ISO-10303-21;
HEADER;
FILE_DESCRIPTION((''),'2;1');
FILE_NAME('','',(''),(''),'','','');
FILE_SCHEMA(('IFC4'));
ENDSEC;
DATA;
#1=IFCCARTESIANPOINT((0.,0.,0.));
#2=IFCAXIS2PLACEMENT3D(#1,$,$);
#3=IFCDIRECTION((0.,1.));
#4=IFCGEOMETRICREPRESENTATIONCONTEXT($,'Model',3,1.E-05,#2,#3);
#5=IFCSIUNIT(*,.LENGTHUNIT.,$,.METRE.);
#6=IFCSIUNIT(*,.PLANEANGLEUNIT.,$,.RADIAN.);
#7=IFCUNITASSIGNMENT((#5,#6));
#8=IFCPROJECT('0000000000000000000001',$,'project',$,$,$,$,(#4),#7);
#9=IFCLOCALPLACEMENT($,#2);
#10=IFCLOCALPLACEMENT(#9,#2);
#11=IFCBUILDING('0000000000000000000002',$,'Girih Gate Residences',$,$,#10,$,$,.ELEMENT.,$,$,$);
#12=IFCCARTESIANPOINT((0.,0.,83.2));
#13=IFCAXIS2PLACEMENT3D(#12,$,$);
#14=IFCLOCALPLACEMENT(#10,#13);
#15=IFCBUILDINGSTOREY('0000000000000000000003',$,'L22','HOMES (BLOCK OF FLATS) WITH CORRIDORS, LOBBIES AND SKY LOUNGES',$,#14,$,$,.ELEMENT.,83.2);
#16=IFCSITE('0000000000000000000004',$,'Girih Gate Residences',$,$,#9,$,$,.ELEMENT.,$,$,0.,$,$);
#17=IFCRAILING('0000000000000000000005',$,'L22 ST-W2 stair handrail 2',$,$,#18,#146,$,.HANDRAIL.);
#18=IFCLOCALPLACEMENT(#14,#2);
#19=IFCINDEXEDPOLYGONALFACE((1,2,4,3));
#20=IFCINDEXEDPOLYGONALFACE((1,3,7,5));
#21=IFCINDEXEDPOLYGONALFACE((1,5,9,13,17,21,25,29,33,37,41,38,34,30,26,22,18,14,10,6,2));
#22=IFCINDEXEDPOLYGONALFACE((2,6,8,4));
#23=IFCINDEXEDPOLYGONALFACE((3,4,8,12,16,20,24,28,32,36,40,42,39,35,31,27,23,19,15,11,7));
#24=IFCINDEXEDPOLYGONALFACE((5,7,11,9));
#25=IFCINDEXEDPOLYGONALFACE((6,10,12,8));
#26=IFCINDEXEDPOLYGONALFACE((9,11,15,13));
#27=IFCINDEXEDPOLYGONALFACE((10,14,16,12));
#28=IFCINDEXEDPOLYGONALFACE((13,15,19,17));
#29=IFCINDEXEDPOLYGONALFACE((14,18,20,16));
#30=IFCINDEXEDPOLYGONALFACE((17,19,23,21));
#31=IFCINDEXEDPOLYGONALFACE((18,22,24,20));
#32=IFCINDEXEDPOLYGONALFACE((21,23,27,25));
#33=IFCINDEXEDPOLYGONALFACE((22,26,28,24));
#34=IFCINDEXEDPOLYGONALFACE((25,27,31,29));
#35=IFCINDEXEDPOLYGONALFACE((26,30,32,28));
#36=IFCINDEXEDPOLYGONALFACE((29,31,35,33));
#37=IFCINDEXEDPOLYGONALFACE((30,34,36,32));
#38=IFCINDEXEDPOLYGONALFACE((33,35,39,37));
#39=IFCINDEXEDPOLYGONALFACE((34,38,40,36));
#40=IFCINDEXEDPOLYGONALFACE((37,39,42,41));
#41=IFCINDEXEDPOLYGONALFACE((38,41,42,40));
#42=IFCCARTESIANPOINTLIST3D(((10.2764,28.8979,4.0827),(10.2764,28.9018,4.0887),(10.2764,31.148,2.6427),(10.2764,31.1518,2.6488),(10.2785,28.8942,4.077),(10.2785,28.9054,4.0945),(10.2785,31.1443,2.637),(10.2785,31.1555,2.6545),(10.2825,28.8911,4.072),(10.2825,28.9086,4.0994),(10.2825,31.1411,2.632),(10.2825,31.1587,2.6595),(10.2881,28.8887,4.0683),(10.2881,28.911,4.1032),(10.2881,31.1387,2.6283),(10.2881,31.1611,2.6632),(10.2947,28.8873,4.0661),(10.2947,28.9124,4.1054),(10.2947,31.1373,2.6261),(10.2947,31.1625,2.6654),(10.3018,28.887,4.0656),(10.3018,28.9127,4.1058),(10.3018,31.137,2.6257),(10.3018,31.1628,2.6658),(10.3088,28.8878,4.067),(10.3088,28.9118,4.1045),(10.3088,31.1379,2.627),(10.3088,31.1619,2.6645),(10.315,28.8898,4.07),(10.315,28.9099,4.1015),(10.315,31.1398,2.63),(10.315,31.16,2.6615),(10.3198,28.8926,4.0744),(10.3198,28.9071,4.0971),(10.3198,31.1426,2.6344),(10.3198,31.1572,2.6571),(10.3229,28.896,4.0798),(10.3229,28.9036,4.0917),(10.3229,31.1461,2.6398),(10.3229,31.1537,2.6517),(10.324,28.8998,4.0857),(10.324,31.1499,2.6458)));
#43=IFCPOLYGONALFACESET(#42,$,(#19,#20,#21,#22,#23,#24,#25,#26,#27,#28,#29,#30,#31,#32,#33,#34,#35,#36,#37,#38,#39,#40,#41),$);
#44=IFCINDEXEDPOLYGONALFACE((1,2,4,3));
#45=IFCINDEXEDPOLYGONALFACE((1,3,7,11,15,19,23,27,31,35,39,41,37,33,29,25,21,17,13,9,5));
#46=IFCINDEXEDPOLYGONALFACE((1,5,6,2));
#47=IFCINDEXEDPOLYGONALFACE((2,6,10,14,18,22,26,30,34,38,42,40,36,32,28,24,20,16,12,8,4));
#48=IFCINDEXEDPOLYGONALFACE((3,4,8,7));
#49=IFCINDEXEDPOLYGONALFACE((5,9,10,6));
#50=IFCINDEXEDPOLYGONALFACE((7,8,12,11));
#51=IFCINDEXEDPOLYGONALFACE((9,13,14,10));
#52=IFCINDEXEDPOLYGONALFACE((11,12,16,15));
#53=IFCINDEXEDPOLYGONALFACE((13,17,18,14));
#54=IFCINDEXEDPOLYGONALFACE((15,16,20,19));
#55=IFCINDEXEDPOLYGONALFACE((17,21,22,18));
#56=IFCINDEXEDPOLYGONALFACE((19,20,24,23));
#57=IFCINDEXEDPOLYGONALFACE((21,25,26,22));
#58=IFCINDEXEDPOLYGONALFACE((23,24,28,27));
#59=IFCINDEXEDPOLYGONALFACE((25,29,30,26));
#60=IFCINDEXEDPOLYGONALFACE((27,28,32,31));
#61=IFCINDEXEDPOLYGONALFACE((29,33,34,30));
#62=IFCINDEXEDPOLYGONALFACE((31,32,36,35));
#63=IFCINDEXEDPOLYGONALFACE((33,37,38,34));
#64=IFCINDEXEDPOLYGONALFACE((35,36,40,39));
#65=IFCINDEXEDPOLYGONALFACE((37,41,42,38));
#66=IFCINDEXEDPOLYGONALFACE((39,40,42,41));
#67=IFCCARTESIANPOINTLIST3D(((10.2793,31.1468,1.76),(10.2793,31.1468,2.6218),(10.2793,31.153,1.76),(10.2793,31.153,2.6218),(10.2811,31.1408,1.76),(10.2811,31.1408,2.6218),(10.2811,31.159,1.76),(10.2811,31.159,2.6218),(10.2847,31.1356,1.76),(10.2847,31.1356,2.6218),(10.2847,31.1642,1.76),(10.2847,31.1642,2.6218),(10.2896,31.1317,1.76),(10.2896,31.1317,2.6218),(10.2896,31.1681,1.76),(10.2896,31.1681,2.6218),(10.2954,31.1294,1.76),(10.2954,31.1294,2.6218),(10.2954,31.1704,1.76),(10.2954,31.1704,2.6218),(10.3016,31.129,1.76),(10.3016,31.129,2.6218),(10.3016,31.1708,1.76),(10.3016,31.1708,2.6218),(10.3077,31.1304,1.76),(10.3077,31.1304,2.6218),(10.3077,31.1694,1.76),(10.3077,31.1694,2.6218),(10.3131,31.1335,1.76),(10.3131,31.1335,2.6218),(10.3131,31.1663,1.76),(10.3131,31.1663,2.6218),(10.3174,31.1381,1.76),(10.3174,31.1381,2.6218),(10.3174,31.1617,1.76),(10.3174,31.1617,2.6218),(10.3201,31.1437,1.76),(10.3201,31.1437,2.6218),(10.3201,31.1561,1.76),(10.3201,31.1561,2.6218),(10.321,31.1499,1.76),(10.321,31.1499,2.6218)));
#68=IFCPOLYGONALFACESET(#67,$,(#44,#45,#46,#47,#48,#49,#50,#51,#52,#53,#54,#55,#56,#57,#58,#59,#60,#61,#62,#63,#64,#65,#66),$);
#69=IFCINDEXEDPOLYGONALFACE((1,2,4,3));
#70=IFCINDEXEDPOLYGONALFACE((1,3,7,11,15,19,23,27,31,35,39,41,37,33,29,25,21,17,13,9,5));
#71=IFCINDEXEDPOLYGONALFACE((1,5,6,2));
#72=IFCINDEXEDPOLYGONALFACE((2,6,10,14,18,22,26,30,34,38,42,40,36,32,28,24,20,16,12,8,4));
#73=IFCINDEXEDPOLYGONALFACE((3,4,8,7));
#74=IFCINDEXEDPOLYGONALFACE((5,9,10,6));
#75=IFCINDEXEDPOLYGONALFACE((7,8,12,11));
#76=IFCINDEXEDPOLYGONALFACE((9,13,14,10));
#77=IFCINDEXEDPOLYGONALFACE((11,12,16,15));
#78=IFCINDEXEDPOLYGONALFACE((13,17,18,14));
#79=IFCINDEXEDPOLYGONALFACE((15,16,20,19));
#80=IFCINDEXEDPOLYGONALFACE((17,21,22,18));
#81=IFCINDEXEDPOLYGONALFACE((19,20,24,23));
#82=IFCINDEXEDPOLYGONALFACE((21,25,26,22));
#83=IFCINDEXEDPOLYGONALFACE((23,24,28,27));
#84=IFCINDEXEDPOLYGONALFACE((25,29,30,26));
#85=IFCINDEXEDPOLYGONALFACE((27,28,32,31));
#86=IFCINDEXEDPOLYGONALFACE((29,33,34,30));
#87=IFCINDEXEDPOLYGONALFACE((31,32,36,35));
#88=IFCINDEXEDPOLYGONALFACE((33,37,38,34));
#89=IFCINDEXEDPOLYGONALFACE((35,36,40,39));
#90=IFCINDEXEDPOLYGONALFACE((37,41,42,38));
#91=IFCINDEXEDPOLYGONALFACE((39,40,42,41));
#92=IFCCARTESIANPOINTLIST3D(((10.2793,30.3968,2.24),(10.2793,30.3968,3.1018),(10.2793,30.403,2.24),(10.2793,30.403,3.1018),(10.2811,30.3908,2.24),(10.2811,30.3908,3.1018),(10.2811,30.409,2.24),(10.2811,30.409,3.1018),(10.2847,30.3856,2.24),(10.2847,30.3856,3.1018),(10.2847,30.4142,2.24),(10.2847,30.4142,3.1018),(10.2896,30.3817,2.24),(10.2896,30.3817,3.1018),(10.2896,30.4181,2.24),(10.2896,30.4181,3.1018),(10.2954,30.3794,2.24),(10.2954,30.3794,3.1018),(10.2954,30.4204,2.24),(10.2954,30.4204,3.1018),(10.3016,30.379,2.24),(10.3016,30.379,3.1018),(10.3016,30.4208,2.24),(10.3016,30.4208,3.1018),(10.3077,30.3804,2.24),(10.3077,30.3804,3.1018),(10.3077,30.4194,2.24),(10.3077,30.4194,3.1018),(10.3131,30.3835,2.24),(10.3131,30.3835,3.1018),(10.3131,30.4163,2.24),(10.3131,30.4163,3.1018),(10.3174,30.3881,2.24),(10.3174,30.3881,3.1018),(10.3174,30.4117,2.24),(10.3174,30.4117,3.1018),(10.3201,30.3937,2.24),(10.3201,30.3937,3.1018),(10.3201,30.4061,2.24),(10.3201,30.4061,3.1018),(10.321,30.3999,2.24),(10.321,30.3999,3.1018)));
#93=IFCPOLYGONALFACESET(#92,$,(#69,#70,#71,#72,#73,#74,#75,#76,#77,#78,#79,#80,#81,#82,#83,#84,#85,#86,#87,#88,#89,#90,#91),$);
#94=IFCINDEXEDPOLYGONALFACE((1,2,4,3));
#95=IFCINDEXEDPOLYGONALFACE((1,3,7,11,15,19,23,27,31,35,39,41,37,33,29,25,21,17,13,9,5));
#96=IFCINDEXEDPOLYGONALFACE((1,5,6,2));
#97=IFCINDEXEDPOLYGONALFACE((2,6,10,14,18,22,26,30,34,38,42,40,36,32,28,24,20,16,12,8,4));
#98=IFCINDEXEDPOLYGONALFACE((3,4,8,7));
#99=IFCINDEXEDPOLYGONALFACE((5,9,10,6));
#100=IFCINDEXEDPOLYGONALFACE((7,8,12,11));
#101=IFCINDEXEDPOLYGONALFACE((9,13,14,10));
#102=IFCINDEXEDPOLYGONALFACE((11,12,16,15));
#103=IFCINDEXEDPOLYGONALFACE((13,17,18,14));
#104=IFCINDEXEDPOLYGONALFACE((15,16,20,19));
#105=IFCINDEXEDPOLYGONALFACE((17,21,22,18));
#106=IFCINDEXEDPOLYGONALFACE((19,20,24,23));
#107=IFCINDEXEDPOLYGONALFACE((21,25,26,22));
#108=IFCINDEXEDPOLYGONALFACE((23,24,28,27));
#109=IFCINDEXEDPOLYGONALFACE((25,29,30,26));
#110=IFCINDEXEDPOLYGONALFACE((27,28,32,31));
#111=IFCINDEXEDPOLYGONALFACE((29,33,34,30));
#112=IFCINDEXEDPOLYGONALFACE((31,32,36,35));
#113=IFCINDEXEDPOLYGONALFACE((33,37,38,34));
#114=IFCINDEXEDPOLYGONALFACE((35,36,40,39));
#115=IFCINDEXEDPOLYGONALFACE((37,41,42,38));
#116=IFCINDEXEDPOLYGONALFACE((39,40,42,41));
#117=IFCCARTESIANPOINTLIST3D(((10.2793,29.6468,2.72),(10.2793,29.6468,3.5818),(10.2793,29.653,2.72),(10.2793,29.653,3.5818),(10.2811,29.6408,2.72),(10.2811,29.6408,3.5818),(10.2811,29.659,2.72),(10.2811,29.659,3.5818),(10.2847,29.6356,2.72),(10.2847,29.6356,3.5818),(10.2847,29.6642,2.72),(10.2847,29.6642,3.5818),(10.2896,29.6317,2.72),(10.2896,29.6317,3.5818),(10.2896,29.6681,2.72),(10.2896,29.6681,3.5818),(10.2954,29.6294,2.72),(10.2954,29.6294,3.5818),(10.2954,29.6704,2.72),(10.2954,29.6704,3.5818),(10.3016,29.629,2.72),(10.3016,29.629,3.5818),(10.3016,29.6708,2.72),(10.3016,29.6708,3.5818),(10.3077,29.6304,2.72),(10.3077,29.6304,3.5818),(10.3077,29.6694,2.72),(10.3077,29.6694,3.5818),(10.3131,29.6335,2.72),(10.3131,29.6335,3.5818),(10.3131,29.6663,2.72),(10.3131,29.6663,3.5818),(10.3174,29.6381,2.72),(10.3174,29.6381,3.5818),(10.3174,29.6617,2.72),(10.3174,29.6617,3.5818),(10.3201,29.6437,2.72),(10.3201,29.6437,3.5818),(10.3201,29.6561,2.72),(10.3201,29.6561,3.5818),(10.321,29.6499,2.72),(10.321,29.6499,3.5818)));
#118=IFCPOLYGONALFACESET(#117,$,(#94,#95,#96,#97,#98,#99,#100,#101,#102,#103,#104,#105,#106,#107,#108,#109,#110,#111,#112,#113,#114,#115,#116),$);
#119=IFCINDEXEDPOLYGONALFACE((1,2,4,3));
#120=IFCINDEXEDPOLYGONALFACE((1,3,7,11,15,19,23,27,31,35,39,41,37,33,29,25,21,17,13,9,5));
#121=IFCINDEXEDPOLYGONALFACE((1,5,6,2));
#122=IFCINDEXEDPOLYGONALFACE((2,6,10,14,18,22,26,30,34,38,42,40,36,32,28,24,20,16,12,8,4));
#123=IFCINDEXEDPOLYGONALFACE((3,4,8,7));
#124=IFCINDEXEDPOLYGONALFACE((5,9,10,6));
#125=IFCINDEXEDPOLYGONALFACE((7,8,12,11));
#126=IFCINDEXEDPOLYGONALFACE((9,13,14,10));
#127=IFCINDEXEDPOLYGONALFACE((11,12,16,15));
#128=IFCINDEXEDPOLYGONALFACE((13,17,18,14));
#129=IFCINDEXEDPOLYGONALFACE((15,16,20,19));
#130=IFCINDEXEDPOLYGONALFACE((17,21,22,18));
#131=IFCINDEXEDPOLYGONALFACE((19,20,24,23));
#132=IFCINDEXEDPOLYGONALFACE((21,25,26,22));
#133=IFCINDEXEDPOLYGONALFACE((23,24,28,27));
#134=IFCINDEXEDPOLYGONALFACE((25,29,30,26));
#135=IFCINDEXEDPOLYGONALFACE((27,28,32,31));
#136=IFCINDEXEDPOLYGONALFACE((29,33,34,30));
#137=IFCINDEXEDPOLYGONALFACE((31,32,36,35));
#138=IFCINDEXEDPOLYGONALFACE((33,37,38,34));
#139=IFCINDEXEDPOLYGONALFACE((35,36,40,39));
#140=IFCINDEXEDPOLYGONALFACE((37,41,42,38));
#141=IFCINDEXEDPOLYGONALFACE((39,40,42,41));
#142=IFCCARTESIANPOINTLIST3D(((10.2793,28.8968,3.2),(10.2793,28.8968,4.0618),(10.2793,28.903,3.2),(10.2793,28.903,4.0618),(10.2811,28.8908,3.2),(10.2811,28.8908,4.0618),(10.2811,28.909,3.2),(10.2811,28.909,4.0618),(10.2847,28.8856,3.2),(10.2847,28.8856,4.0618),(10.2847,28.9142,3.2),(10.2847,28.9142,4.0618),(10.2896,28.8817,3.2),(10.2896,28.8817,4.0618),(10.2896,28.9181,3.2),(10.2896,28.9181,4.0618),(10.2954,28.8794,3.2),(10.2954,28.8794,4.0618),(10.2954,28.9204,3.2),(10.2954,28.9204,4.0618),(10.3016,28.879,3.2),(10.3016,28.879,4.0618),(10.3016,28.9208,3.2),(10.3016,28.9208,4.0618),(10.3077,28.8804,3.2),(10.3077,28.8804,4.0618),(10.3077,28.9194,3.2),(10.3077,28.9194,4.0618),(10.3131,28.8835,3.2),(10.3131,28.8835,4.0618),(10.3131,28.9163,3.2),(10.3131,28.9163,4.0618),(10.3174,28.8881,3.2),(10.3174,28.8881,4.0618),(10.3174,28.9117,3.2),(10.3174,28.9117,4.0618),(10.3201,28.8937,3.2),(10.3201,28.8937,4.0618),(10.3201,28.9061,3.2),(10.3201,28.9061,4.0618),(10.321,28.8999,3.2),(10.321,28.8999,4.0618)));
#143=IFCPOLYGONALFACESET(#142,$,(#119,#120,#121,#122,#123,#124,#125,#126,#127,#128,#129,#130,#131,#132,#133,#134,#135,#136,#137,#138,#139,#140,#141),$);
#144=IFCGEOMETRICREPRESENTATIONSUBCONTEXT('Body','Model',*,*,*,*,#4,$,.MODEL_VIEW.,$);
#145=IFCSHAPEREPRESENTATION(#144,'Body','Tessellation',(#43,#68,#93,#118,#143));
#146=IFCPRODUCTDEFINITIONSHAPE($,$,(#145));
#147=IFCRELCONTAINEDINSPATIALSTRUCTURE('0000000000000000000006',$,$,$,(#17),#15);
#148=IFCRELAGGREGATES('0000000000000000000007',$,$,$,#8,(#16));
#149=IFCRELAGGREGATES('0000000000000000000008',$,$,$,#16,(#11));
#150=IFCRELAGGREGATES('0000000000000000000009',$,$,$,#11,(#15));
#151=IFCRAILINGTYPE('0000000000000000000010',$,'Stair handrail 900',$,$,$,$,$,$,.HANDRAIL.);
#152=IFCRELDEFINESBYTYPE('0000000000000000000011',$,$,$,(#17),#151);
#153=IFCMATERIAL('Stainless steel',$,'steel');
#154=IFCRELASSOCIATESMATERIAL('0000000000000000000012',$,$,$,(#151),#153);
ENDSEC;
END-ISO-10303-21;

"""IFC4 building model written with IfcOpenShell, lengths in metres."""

from ifc_helpers import new_model, si_unit, direction, frame, origin, origin_2d, place, context, subcontext, project, spatial, circle, extrude, material, type_object, element, save


model = new_model("IFC4")

# Units and contexts
model_context = context("Model", 3, precision=1e-05, world=origin(), true_north=direction((0.0, 1.0)))
body_context = subcontext(model_context, "Body", "Model", "MODEL_VIEW")
ifc_project = project(units=[si_unit("LENGTHUNIT", "METRE"), si_unit("PLANEANGLEUNIT", "RADIAN")], contexts=[model_context])

# Site, building, storey
site_placement = place(None, origin())
site = spatial("IfcSite", under=ifc_project, at=site_placement, Name="Girih Gate Residences", CompositionType="ELEMENT", RefElevation=0.0)
building_placement = place(site_placement, origin())
building = spatial("IfcBuilding", under=site, at=building_placement, Name="Girih Gate Residences", CompositionType="ELEMENT")
storey_placement = place(building_placement, frame((0.0, 0.0, 83.2)))
storey = spatial("IfcBuildingStorey", under=building, at=storey_placement, Name="L22", Description="HOMES (BLOCK OF FLATS) WITH CORRIDORS, LOBBIES AND SKY LOUNGES", CompositionType="ELEMENT", Elevation=83.2)

# Railing
ifc_material_1 = material(Name="Stainless steel", Category="steel")
railing_type_1 = type_object("IfcRailingType", Name="Stair handrail 900", PredefinedType="HANDRAIL", material=ifc_material_1)
railing_1_placement = place(storey_placement, frame((10.3, 31.1499, 1.76)))
element("IfcRailing", 1, at=railing_1_placement, inside=storey, type_object=railing_type_1, Name="L22 ST-W2 stair handrail 2", PredefinedType="HANDRAIL", context=body_context, shape_type="SweptSolid", body=[
    extrude(circle(Radius=0.0239, at=origin_2d()), frame((0.0, 0.0, 0.8857), z_axis=(0.0, -0.842281, 0.539038), x_axis=(1.0, 0.0, 0.0)), (0.0, 0.0, 1.0), 2.6714),
    extrude(circle(Radius=0.021, at=origin_2d()), origin(), (0.0, 0.0, 1.0), 0.8618),
    extrude(circle(Radius=0.021, at=origin_2d()), frame((0.0, -0.75, 0.48)), (0.0, 0.0, 1.0), 0.8618),
    extrude(circle(Radius=0.021, at=origin_2d()), frame((0.0, -1.5, 0.96)), (0.0, 0.0, 1.0), 0.8618),
    extrude(circle(Radius=0.021, at=origin_2d()), frame((0.0, -2.25, 1.4399)), (0.0, 0.0, 1.0), 0.8618),
])

save(model, "model.ifc")
